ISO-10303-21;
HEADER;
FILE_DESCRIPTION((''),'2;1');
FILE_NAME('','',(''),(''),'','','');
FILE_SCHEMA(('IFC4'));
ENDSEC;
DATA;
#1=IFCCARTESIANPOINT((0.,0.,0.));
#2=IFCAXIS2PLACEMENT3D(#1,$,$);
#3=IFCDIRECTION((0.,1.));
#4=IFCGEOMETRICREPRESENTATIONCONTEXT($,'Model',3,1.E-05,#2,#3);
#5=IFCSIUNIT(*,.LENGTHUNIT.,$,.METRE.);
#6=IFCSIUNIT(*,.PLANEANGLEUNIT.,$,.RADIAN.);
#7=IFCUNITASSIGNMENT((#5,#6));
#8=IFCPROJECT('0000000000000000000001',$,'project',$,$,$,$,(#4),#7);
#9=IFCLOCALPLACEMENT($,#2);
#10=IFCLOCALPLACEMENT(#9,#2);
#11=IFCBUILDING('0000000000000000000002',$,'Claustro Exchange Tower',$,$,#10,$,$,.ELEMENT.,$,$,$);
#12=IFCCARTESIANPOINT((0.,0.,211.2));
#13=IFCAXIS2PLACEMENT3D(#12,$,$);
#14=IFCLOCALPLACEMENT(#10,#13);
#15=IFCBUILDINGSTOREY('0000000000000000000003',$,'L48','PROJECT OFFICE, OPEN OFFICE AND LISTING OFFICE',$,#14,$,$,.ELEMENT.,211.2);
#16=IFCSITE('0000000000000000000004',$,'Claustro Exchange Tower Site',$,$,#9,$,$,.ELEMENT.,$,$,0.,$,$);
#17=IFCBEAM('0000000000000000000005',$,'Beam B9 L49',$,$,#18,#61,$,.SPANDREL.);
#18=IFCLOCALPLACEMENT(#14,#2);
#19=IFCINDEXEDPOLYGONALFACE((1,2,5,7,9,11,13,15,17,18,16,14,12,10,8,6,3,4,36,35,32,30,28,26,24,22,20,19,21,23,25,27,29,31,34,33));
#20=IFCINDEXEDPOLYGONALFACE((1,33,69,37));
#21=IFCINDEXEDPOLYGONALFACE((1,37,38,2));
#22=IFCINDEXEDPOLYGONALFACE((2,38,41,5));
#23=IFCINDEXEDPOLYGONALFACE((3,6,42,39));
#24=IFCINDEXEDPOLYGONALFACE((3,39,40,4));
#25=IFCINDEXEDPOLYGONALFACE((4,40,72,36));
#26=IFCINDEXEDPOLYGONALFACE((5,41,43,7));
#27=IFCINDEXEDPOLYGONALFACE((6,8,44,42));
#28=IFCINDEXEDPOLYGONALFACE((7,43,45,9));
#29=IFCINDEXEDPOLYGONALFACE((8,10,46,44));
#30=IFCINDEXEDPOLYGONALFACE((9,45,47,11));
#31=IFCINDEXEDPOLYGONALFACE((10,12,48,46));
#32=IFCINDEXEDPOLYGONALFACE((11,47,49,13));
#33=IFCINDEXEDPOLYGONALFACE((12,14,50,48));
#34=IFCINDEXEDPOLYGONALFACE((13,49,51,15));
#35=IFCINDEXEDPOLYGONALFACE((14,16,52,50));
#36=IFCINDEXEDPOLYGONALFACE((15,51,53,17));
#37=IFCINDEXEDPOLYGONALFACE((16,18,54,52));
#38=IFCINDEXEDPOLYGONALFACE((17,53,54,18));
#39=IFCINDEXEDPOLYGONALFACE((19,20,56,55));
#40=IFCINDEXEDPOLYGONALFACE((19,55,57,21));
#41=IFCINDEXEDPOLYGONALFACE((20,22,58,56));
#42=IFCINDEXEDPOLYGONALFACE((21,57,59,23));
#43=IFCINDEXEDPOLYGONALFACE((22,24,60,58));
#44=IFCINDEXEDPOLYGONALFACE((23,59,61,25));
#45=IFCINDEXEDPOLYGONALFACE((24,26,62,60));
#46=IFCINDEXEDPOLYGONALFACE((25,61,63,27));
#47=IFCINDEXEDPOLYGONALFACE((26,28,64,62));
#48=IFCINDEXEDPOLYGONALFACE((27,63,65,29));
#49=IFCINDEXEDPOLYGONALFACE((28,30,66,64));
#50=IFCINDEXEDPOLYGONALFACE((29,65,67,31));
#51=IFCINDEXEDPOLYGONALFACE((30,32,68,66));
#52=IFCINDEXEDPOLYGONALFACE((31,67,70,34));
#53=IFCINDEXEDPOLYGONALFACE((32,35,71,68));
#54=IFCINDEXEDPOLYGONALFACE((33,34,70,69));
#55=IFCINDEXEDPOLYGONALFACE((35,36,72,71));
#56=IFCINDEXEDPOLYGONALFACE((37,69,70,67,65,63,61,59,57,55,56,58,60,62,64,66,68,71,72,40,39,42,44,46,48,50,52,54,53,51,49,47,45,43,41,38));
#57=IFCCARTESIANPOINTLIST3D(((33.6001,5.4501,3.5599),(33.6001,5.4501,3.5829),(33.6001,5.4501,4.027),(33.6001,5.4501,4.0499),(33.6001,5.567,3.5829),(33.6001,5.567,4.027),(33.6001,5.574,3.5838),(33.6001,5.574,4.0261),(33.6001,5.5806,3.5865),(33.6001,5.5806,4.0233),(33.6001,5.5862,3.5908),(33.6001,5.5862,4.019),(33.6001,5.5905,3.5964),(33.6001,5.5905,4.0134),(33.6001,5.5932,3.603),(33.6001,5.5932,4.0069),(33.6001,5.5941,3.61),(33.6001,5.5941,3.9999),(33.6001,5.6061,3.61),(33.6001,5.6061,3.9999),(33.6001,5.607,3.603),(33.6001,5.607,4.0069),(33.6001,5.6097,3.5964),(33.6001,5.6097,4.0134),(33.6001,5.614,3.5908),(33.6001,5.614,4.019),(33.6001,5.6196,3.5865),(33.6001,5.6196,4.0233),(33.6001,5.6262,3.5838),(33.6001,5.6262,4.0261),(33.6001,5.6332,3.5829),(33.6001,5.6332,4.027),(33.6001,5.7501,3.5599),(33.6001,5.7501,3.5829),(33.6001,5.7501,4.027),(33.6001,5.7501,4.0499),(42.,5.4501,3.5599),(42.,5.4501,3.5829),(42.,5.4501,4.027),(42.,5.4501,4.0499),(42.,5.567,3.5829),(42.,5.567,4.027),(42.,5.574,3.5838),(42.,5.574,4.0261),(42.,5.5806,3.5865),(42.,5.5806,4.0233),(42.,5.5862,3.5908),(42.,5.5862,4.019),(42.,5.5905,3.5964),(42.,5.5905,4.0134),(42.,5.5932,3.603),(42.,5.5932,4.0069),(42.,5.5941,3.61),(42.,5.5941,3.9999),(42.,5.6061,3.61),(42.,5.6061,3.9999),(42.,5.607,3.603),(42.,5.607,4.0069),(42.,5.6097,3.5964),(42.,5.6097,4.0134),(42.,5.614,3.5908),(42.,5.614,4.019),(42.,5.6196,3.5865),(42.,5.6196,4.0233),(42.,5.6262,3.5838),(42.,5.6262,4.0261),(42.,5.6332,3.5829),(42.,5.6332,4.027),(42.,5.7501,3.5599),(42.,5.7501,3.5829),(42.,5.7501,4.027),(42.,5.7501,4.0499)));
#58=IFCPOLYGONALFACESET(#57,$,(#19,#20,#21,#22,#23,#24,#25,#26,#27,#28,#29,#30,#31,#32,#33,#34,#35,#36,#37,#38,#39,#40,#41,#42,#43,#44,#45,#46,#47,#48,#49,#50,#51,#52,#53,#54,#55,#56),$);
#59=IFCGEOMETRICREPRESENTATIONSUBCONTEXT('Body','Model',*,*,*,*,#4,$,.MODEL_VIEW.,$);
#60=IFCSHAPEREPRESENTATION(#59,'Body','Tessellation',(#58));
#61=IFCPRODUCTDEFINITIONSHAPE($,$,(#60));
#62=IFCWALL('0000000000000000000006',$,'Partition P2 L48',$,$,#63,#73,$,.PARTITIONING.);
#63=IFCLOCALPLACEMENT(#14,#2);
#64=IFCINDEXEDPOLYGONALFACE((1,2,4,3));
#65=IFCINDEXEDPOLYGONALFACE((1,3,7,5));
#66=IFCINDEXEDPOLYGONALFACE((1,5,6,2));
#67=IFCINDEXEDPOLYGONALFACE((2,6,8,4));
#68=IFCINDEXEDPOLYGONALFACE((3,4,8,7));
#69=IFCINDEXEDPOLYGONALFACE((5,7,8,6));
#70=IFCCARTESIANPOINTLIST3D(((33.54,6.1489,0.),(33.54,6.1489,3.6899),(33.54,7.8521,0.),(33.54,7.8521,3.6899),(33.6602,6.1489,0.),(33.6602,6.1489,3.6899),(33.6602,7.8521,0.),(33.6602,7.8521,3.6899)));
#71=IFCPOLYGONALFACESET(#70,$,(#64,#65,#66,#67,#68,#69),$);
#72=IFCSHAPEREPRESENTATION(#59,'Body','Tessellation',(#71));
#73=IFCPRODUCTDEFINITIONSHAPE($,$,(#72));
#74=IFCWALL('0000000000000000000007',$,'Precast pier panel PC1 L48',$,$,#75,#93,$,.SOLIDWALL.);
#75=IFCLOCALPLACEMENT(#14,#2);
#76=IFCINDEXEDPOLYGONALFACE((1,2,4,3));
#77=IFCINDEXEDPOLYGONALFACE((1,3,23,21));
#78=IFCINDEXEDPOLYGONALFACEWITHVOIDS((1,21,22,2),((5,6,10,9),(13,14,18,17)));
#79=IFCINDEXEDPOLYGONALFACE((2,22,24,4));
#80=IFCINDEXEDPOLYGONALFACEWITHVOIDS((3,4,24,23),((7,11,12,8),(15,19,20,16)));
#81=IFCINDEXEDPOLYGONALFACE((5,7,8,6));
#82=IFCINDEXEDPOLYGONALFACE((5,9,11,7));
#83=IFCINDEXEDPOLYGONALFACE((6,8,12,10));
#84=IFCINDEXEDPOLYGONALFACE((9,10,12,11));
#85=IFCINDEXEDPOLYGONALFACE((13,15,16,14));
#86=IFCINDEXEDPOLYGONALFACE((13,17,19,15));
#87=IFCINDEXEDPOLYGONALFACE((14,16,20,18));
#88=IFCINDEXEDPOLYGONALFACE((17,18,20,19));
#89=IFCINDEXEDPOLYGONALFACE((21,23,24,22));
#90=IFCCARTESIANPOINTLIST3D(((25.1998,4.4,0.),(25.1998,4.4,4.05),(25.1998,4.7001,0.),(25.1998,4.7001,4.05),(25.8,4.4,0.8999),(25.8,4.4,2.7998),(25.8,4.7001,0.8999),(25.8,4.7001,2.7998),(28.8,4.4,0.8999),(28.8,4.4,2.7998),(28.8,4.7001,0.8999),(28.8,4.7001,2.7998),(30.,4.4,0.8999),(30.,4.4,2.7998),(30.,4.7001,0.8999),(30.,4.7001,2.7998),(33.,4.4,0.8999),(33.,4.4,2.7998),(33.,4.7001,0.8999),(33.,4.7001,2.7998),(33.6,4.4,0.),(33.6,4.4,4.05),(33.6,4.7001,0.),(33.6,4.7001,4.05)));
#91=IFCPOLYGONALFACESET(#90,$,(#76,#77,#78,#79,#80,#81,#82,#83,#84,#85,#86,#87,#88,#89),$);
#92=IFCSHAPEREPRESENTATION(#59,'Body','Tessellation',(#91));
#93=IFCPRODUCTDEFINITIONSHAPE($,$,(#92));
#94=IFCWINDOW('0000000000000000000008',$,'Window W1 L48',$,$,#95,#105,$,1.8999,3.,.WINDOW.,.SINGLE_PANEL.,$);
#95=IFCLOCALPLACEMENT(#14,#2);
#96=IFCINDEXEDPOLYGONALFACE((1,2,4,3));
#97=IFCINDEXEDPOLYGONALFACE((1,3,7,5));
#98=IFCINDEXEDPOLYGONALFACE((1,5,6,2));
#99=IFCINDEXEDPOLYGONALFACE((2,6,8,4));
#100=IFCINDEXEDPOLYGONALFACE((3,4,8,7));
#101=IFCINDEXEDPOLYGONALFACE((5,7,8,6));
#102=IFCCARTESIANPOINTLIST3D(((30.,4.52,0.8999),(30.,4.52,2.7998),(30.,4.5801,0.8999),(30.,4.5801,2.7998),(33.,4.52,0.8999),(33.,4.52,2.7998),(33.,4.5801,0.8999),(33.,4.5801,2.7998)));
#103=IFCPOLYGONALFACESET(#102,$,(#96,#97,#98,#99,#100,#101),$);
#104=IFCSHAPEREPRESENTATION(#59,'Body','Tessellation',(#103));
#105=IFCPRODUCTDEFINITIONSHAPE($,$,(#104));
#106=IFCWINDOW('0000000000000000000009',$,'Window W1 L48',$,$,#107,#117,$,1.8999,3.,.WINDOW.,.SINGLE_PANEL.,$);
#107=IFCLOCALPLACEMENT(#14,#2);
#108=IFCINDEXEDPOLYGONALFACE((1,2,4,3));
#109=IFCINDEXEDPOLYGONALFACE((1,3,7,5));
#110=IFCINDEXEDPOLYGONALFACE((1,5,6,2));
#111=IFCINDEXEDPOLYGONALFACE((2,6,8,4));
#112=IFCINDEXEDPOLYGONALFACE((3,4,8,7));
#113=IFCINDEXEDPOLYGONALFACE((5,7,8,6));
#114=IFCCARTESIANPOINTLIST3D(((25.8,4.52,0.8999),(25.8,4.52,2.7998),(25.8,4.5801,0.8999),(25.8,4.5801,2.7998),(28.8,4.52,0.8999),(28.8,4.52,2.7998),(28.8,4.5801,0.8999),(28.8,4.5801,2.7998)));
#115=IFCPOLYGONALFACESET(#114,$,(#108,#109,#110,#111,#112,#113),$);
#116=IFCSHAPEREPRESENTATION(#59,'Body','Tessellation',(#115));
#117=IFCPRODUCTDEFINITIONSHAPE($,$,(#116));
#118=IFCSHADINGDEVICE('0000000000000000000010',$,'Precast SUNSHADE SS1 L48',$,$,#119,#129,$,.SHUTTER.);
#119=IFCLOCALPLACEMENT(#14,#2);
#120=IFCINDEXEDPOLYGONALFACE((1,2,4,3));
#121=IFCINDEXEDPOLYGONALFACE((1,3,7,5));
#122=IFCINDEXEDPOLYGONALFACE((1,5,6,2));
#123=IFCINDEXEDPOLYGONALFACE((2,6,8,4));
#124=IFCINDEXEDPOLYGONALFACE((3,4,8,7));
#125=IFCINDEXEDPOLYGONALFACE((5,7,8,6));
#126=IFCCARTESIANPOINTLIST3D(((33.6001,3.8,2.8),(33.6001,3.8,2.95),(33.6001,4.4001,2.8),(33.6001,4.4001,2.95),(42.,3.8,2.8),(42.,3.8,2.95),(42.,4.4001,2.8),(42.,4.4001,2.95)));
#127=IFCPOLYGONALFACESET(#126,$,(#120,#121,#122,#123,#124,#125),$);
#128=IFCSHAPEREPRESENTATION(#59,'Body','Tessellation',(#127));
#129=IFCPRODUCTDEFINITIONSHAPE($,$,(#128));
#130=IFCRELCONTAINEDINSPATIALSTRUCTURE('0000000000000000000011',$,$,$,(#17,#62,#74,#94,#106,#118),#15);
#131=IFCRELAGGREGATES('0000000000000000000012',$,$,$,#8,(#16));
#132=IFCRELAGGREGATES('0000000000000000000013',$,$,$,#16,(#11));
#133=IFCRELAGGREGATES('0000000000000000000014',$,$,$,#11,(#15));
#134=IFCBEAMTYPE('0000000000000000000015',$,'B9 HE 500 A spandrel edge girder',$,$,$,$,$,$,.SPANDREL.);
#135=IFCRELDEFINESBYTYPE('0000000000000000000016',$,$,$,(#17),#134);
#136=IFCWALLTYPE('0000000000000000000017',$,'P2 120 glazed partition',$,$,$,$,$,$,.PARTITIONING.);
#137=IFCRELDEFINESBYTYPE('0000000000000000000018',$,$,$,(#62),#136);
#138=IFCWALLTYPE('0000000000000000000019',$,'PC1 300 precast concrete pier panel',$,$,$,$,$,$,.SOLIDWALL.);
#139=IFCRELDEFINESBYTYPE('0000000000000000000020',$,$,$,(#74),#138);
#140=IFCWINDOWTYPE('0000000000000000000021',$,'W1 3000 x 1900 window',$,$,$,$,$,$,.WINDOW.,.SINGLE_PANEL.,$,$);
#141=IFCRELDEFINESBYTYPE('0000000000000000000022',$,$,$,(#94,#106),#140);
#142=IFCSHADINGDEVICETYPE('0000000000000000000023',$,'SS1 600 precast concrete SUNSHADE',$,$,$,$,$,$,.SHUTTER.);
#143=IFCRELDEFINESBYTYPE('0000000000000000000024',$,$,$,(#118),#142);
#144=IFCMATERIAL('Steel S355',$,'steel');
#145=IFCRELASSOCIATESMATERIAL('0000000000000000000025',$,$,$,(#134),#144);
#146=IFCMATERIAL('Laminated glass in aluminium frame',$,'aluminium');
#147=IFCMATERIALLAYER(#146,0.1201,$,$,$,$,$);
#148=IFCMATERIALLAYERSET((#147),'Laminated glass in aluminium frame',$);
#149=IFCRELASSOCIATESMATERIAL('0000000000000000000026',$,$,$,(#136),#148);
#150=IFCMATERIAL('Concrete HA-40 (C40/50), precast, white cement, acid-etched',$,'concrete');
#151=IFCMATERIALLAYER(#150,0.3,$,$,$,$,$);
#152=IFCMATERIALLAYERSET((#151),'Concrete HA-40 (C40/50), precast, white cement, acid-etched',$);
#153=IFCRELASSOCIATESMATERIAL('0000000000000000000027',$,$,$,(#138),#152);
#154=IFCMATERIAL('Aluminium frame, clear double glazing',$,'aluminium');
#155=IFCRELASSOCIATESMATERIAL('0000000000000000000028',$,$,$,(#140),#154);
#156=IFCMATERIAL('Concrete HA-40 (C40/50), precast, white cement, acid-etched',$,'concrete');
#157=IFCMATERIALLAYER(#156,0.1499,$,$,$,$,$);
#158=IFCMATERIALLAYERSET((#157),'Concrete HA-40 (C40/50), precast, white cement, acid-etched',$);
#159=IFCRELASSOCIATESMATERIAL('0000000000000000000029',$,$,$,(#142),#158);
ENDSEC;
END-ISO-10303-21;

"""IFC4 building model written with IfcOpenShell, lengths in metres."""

from ifc_helpers import new_model, si_unit, direction, frame, frame_2d, origin, origin_2d, place, context, subcontext, project, spatial, rectangle, i_section, extrude, material, layer, layer_set, material_profile, profile_set, type_object, element, fill, save


model = new_model("IFC4")

# Units and contexts
model_context = context("Model", 3, precision=1e-05, world=origin(), true_north=direction((0.0, 1.0)))
body_context = subcontext(model_context, "Body", "Model", "MODEL_VIEW")
ifc_project = project(units=[si_unit("LENGTHUNIT", "METRE"), si_unit("PLANEANGLEUNIT", "RADIAN")], contexts=[model_context])

# Site, building, storey
site_placement = place(None, origin())
site = spatial("IfcSite", under=ifc_project, at=site_placement, Name="Claustro Exchange Tower Site", CompositionType="ELEMENT", RefElevation=0.0)
building_placement = place(site_placement, origin())
building = spatial("IfcBuilding", under=site, at=building_placement, Name="Claustro Exchange Tower", CompositionType="ELEMENT")
storey_placement = place(building_placement, frame((0.0, 0.0, 211.2)))
storey = spatial("IfcBuildingStorey", under=building, at=storey_placement, Name="L48", Description="PROJECT OFFICE, OPEN OFFICE AND LISTING OFFICE", CompositionType="ELEMENT", Elevation=211.2)

# Beam
ifc_material_1 = material(Name="Steel S355", Category="steel")
ifc_material_profile_1 = material_profile(ifc_material_1, i_section(OverallWidth=0.3, OverallDepth=0.49, WebThickness=0.012, FlangeThickness=0.0229, FilletRadius=0.0271, at=origin_2d()), Name="HE 500 A")
ifc_profile_set_1 = profile_set([ifc_material_profile_1], Name="Steel S355")
beam_type_1 = type_object("IfcBeamType", Name="B9 HE 500 A spandrel edge girder", PredefinedType="SPANDREL", material=ifc_profile_set_1)
beam_1_placement = place(storey_placement, frame((33.6001, 5.6001, 3.8049), z_axis=(1.0, 0.0, 0.0), x_axis=(0.0, 1.0, 0.0)))
element("IfcBeam", 1, at=beam_1_placement, inside=storey, type_object=beam_type_1, Name="Beam B9 L49", PredefinedType="SPANDREL", context=body_context, shape_type="SweptSolid", body=[
    extrude(i_section(OverallWidth=0.3, OverallDepth=0.49, WebThickness=0.012, FlangeThickness=0.0229, FilletRadius=0.0271, at=origin_2d()), origin(), (0.0, 0.0, 1.0), 8.3999),
])

# Wall
ifc_material_2 = material(Name="Laminated glass in aluminium frame", Category="aluminium")
ifc_layer_1 = layer(ifc_material_2, 0.1201)
ifc_layer_set_1 = layer_set([ifc_layer_1], Name="Laminated glass in aluminium frame")
wall_type_1 = type_object("IfcWallType", Name="P2 120 glazed partition", PredefinedType="PARTITIONING", material=ifc_layer_set_1)
wall_1_placement = place(storey_placement, frame((33.6001, 6.1489, 0.0), z_axis=(0.0, 0.0, 1.0), x_axis=(0.0, 1.0, 0.0)))
element("IfcWall", 2, at=wall_1_placement, inside=storey, type_object=wall_type_1, Name="Partition P2 L48", PredefinedType="PARTITIONING", context=body_context, shape_type="SweptSolid", body=[
    extrude(rectangle(XDim=1.7031, YDim=0.1201, at=frame_2d((0.8516, 0.0))), origin(), (0.0, 0.0, 1.0), 3.6899),
])

# Wall, openings, windows
ifc_material_3 = material(Name="Concrete HA-40 (C40/50), precast, white cement, acid-etched", Category="concrete")
ifc_layer_2 = layer(ifc_material_3, 0.3)
ifc_layer_set_2 = layer_set([ifc_layer_2], Name="Concrete HA-40 (C40/50), precast, white cement, acid-etched")
wall_type_2 = type_object("IfcWallType", Name="PC1 300 precast concrete pier panel", PredefinedType="SOLIDWALL", material=ifc_layer_set_2)
wall_2_placement = place(storey_placement, frame((33.6001, 4.55, 0.0), z_axis=(0.0, 0.0, 1.0), x_axis=(-1.0, 0.0, 0.0)))
wall_2 = element("IfcWall", 3, at=wall_2_placement, inside=storey, type_object=wall_type_2, Name="Precast pier panel PC1 L48", PredefinedType="SOLIDWALL", context=body_context, shape_type="SweptSolid", body=[
    extrude(rectangle(XDim=8.4001, YDim=0.3, at=frame_2d((4.2002, 0.0))), origin(), (0.0, 0.0, 1.0), 4.05),
])
opening_1_placement = place(wall_2_placement, frame((0.6001, 0.0, 0.8999)))
opening_1 = element("IfcOpeningElement", 4, at=opening_1_placement, cuts=wall_2, PredefinedType="OPENING", context=body_context, shape_type="SweptSolid", body=[
    extrude(rectangle(XDim=3.0, YDim=1.8999, at=frame_2d((1.5, 0.95))), frame((0.0, 0.1599, 0.0), z_axis=(0.0, -1.0, 0.0), x_axis=(1.0, 0.0, 0.0)), (0.0, 0.0, 1.0), 0.3201),
])
opening_2_placement = place(wall_2_placement, frame((4.8, 0.0, 0.8999)))
opening_2 = element("IfcOpeningElement", 5, at=opening_2_placement, cuts=wall_2, PredefinedType="OPENING", context=body_context, shape_type="SweptSolid", body=[
    extrude(rectangle(XDim=3.0, YDim=1.8999, at=frame_2d((1.5, 0.95))), frame((0.0, 0.1599, 0.0), z_axis=(0.0, -1.0, 0.0), x_axis=(1.0, 0.0, 0.0)), (0.0, 0.0, 1.0), 0.3201),
])
ifc_material_4 = material(Name="Aluminium frame, clear double glazing", Category="aluminium")
window_type = type_object("IfcWindowType", Name="W1 3000 x 1900 window", PartitioningType="SINGLE_PANEL", PredefinedType="WINDOW", material=ifc_material_4)
window_1_placement = place(opening_1_placement, origin())
window_1 = element("IfcWindow", 6, at=window_1_placement, inside=storey, type_object=window_type, Name="Window W1 L48", OverallHeight=1.8999, OverallWidth=3.0, PartitioningType="SINGLE_PANEL", PredefinedType="WINDOW", context=body_context, shape_type="SweptSolid", body=[
    extrude(rectangle(XDim=3.0, YDim=1.8999, at=frame_2d((1.5, 0.95))), frame((0.0, 0.03, 0.0), z_axis=(0.0, -1.0, 0.0), x_axis=(1.0, 0.0, 0.0)), (0.0, 0.0, 1.0), 0.0601),
])
fill(opening_1, window_1)
window_2_placement = place(opening_2_placement, origin())
window_2 = element("IfcWindow", 7, at=window_2_placement, inside=storey, type_object=window_type, Name="Window W1 L48", OverallHeight=1.8999, OverallWidth=3.0, PartitioningType="SINGLE_PANEL", PredefinedType="WINDOW", context=body_context, shape_type="SweptSolid", body=[
    extrude(rectangle(XDim=3.0, YDim=1.8999, at=frame_2d((1.5, 0.95))), frame((0.0, 0.03, 0.0), z_axis=(0.0, -1.0, 0.0), x_axis=(1.0, 0.0, 0.0)), (0.0, 0.0, 1.0), 0.0601),
])
fill(opening_2, window_2)

# Shading device
ifc_material_5 = material(Name="Concrete HA-40 (C40/50), precast, white cement, acid-etched", Category="concrete")
ifc_layer_3 = layer(ifc_material_5, 0.1499)
ifc_layer_set_3 = layer_set([ifc_layer_3], Name="Concrete HA-40 (C40/50), precast, white cement, acid-etched")
shading_device_type = type_object("IfcShadingDeviceType", Name="SS1 600 precast concrete SUNSHADE", PredefinedType="SHUTTER", material=ifc_layer_set_3)
shading_device_placement = place(storey_placement, frame((37.8, 4.1001, 2.8), z_axis=(0.0, 0.0, 1.0), x_axis=(-1.0, 0.0, 0.0)))
element("IfcShadingDevice", 8, at=shading_device_placement, inside=storey, type_object=shading_device_type, Name="Precast SUNSHADE SS1 L48", PredefinedType="SHUTTER", context=body_context, shape_type="SweptSolid", body=[
    extrude(rectangle(XDim=8.3999, YDim=0.6001, at=origin_2d()), origin(), (0.0, 0.0, 1.0), 0.1499),
])

save(model, "model.ifc")
